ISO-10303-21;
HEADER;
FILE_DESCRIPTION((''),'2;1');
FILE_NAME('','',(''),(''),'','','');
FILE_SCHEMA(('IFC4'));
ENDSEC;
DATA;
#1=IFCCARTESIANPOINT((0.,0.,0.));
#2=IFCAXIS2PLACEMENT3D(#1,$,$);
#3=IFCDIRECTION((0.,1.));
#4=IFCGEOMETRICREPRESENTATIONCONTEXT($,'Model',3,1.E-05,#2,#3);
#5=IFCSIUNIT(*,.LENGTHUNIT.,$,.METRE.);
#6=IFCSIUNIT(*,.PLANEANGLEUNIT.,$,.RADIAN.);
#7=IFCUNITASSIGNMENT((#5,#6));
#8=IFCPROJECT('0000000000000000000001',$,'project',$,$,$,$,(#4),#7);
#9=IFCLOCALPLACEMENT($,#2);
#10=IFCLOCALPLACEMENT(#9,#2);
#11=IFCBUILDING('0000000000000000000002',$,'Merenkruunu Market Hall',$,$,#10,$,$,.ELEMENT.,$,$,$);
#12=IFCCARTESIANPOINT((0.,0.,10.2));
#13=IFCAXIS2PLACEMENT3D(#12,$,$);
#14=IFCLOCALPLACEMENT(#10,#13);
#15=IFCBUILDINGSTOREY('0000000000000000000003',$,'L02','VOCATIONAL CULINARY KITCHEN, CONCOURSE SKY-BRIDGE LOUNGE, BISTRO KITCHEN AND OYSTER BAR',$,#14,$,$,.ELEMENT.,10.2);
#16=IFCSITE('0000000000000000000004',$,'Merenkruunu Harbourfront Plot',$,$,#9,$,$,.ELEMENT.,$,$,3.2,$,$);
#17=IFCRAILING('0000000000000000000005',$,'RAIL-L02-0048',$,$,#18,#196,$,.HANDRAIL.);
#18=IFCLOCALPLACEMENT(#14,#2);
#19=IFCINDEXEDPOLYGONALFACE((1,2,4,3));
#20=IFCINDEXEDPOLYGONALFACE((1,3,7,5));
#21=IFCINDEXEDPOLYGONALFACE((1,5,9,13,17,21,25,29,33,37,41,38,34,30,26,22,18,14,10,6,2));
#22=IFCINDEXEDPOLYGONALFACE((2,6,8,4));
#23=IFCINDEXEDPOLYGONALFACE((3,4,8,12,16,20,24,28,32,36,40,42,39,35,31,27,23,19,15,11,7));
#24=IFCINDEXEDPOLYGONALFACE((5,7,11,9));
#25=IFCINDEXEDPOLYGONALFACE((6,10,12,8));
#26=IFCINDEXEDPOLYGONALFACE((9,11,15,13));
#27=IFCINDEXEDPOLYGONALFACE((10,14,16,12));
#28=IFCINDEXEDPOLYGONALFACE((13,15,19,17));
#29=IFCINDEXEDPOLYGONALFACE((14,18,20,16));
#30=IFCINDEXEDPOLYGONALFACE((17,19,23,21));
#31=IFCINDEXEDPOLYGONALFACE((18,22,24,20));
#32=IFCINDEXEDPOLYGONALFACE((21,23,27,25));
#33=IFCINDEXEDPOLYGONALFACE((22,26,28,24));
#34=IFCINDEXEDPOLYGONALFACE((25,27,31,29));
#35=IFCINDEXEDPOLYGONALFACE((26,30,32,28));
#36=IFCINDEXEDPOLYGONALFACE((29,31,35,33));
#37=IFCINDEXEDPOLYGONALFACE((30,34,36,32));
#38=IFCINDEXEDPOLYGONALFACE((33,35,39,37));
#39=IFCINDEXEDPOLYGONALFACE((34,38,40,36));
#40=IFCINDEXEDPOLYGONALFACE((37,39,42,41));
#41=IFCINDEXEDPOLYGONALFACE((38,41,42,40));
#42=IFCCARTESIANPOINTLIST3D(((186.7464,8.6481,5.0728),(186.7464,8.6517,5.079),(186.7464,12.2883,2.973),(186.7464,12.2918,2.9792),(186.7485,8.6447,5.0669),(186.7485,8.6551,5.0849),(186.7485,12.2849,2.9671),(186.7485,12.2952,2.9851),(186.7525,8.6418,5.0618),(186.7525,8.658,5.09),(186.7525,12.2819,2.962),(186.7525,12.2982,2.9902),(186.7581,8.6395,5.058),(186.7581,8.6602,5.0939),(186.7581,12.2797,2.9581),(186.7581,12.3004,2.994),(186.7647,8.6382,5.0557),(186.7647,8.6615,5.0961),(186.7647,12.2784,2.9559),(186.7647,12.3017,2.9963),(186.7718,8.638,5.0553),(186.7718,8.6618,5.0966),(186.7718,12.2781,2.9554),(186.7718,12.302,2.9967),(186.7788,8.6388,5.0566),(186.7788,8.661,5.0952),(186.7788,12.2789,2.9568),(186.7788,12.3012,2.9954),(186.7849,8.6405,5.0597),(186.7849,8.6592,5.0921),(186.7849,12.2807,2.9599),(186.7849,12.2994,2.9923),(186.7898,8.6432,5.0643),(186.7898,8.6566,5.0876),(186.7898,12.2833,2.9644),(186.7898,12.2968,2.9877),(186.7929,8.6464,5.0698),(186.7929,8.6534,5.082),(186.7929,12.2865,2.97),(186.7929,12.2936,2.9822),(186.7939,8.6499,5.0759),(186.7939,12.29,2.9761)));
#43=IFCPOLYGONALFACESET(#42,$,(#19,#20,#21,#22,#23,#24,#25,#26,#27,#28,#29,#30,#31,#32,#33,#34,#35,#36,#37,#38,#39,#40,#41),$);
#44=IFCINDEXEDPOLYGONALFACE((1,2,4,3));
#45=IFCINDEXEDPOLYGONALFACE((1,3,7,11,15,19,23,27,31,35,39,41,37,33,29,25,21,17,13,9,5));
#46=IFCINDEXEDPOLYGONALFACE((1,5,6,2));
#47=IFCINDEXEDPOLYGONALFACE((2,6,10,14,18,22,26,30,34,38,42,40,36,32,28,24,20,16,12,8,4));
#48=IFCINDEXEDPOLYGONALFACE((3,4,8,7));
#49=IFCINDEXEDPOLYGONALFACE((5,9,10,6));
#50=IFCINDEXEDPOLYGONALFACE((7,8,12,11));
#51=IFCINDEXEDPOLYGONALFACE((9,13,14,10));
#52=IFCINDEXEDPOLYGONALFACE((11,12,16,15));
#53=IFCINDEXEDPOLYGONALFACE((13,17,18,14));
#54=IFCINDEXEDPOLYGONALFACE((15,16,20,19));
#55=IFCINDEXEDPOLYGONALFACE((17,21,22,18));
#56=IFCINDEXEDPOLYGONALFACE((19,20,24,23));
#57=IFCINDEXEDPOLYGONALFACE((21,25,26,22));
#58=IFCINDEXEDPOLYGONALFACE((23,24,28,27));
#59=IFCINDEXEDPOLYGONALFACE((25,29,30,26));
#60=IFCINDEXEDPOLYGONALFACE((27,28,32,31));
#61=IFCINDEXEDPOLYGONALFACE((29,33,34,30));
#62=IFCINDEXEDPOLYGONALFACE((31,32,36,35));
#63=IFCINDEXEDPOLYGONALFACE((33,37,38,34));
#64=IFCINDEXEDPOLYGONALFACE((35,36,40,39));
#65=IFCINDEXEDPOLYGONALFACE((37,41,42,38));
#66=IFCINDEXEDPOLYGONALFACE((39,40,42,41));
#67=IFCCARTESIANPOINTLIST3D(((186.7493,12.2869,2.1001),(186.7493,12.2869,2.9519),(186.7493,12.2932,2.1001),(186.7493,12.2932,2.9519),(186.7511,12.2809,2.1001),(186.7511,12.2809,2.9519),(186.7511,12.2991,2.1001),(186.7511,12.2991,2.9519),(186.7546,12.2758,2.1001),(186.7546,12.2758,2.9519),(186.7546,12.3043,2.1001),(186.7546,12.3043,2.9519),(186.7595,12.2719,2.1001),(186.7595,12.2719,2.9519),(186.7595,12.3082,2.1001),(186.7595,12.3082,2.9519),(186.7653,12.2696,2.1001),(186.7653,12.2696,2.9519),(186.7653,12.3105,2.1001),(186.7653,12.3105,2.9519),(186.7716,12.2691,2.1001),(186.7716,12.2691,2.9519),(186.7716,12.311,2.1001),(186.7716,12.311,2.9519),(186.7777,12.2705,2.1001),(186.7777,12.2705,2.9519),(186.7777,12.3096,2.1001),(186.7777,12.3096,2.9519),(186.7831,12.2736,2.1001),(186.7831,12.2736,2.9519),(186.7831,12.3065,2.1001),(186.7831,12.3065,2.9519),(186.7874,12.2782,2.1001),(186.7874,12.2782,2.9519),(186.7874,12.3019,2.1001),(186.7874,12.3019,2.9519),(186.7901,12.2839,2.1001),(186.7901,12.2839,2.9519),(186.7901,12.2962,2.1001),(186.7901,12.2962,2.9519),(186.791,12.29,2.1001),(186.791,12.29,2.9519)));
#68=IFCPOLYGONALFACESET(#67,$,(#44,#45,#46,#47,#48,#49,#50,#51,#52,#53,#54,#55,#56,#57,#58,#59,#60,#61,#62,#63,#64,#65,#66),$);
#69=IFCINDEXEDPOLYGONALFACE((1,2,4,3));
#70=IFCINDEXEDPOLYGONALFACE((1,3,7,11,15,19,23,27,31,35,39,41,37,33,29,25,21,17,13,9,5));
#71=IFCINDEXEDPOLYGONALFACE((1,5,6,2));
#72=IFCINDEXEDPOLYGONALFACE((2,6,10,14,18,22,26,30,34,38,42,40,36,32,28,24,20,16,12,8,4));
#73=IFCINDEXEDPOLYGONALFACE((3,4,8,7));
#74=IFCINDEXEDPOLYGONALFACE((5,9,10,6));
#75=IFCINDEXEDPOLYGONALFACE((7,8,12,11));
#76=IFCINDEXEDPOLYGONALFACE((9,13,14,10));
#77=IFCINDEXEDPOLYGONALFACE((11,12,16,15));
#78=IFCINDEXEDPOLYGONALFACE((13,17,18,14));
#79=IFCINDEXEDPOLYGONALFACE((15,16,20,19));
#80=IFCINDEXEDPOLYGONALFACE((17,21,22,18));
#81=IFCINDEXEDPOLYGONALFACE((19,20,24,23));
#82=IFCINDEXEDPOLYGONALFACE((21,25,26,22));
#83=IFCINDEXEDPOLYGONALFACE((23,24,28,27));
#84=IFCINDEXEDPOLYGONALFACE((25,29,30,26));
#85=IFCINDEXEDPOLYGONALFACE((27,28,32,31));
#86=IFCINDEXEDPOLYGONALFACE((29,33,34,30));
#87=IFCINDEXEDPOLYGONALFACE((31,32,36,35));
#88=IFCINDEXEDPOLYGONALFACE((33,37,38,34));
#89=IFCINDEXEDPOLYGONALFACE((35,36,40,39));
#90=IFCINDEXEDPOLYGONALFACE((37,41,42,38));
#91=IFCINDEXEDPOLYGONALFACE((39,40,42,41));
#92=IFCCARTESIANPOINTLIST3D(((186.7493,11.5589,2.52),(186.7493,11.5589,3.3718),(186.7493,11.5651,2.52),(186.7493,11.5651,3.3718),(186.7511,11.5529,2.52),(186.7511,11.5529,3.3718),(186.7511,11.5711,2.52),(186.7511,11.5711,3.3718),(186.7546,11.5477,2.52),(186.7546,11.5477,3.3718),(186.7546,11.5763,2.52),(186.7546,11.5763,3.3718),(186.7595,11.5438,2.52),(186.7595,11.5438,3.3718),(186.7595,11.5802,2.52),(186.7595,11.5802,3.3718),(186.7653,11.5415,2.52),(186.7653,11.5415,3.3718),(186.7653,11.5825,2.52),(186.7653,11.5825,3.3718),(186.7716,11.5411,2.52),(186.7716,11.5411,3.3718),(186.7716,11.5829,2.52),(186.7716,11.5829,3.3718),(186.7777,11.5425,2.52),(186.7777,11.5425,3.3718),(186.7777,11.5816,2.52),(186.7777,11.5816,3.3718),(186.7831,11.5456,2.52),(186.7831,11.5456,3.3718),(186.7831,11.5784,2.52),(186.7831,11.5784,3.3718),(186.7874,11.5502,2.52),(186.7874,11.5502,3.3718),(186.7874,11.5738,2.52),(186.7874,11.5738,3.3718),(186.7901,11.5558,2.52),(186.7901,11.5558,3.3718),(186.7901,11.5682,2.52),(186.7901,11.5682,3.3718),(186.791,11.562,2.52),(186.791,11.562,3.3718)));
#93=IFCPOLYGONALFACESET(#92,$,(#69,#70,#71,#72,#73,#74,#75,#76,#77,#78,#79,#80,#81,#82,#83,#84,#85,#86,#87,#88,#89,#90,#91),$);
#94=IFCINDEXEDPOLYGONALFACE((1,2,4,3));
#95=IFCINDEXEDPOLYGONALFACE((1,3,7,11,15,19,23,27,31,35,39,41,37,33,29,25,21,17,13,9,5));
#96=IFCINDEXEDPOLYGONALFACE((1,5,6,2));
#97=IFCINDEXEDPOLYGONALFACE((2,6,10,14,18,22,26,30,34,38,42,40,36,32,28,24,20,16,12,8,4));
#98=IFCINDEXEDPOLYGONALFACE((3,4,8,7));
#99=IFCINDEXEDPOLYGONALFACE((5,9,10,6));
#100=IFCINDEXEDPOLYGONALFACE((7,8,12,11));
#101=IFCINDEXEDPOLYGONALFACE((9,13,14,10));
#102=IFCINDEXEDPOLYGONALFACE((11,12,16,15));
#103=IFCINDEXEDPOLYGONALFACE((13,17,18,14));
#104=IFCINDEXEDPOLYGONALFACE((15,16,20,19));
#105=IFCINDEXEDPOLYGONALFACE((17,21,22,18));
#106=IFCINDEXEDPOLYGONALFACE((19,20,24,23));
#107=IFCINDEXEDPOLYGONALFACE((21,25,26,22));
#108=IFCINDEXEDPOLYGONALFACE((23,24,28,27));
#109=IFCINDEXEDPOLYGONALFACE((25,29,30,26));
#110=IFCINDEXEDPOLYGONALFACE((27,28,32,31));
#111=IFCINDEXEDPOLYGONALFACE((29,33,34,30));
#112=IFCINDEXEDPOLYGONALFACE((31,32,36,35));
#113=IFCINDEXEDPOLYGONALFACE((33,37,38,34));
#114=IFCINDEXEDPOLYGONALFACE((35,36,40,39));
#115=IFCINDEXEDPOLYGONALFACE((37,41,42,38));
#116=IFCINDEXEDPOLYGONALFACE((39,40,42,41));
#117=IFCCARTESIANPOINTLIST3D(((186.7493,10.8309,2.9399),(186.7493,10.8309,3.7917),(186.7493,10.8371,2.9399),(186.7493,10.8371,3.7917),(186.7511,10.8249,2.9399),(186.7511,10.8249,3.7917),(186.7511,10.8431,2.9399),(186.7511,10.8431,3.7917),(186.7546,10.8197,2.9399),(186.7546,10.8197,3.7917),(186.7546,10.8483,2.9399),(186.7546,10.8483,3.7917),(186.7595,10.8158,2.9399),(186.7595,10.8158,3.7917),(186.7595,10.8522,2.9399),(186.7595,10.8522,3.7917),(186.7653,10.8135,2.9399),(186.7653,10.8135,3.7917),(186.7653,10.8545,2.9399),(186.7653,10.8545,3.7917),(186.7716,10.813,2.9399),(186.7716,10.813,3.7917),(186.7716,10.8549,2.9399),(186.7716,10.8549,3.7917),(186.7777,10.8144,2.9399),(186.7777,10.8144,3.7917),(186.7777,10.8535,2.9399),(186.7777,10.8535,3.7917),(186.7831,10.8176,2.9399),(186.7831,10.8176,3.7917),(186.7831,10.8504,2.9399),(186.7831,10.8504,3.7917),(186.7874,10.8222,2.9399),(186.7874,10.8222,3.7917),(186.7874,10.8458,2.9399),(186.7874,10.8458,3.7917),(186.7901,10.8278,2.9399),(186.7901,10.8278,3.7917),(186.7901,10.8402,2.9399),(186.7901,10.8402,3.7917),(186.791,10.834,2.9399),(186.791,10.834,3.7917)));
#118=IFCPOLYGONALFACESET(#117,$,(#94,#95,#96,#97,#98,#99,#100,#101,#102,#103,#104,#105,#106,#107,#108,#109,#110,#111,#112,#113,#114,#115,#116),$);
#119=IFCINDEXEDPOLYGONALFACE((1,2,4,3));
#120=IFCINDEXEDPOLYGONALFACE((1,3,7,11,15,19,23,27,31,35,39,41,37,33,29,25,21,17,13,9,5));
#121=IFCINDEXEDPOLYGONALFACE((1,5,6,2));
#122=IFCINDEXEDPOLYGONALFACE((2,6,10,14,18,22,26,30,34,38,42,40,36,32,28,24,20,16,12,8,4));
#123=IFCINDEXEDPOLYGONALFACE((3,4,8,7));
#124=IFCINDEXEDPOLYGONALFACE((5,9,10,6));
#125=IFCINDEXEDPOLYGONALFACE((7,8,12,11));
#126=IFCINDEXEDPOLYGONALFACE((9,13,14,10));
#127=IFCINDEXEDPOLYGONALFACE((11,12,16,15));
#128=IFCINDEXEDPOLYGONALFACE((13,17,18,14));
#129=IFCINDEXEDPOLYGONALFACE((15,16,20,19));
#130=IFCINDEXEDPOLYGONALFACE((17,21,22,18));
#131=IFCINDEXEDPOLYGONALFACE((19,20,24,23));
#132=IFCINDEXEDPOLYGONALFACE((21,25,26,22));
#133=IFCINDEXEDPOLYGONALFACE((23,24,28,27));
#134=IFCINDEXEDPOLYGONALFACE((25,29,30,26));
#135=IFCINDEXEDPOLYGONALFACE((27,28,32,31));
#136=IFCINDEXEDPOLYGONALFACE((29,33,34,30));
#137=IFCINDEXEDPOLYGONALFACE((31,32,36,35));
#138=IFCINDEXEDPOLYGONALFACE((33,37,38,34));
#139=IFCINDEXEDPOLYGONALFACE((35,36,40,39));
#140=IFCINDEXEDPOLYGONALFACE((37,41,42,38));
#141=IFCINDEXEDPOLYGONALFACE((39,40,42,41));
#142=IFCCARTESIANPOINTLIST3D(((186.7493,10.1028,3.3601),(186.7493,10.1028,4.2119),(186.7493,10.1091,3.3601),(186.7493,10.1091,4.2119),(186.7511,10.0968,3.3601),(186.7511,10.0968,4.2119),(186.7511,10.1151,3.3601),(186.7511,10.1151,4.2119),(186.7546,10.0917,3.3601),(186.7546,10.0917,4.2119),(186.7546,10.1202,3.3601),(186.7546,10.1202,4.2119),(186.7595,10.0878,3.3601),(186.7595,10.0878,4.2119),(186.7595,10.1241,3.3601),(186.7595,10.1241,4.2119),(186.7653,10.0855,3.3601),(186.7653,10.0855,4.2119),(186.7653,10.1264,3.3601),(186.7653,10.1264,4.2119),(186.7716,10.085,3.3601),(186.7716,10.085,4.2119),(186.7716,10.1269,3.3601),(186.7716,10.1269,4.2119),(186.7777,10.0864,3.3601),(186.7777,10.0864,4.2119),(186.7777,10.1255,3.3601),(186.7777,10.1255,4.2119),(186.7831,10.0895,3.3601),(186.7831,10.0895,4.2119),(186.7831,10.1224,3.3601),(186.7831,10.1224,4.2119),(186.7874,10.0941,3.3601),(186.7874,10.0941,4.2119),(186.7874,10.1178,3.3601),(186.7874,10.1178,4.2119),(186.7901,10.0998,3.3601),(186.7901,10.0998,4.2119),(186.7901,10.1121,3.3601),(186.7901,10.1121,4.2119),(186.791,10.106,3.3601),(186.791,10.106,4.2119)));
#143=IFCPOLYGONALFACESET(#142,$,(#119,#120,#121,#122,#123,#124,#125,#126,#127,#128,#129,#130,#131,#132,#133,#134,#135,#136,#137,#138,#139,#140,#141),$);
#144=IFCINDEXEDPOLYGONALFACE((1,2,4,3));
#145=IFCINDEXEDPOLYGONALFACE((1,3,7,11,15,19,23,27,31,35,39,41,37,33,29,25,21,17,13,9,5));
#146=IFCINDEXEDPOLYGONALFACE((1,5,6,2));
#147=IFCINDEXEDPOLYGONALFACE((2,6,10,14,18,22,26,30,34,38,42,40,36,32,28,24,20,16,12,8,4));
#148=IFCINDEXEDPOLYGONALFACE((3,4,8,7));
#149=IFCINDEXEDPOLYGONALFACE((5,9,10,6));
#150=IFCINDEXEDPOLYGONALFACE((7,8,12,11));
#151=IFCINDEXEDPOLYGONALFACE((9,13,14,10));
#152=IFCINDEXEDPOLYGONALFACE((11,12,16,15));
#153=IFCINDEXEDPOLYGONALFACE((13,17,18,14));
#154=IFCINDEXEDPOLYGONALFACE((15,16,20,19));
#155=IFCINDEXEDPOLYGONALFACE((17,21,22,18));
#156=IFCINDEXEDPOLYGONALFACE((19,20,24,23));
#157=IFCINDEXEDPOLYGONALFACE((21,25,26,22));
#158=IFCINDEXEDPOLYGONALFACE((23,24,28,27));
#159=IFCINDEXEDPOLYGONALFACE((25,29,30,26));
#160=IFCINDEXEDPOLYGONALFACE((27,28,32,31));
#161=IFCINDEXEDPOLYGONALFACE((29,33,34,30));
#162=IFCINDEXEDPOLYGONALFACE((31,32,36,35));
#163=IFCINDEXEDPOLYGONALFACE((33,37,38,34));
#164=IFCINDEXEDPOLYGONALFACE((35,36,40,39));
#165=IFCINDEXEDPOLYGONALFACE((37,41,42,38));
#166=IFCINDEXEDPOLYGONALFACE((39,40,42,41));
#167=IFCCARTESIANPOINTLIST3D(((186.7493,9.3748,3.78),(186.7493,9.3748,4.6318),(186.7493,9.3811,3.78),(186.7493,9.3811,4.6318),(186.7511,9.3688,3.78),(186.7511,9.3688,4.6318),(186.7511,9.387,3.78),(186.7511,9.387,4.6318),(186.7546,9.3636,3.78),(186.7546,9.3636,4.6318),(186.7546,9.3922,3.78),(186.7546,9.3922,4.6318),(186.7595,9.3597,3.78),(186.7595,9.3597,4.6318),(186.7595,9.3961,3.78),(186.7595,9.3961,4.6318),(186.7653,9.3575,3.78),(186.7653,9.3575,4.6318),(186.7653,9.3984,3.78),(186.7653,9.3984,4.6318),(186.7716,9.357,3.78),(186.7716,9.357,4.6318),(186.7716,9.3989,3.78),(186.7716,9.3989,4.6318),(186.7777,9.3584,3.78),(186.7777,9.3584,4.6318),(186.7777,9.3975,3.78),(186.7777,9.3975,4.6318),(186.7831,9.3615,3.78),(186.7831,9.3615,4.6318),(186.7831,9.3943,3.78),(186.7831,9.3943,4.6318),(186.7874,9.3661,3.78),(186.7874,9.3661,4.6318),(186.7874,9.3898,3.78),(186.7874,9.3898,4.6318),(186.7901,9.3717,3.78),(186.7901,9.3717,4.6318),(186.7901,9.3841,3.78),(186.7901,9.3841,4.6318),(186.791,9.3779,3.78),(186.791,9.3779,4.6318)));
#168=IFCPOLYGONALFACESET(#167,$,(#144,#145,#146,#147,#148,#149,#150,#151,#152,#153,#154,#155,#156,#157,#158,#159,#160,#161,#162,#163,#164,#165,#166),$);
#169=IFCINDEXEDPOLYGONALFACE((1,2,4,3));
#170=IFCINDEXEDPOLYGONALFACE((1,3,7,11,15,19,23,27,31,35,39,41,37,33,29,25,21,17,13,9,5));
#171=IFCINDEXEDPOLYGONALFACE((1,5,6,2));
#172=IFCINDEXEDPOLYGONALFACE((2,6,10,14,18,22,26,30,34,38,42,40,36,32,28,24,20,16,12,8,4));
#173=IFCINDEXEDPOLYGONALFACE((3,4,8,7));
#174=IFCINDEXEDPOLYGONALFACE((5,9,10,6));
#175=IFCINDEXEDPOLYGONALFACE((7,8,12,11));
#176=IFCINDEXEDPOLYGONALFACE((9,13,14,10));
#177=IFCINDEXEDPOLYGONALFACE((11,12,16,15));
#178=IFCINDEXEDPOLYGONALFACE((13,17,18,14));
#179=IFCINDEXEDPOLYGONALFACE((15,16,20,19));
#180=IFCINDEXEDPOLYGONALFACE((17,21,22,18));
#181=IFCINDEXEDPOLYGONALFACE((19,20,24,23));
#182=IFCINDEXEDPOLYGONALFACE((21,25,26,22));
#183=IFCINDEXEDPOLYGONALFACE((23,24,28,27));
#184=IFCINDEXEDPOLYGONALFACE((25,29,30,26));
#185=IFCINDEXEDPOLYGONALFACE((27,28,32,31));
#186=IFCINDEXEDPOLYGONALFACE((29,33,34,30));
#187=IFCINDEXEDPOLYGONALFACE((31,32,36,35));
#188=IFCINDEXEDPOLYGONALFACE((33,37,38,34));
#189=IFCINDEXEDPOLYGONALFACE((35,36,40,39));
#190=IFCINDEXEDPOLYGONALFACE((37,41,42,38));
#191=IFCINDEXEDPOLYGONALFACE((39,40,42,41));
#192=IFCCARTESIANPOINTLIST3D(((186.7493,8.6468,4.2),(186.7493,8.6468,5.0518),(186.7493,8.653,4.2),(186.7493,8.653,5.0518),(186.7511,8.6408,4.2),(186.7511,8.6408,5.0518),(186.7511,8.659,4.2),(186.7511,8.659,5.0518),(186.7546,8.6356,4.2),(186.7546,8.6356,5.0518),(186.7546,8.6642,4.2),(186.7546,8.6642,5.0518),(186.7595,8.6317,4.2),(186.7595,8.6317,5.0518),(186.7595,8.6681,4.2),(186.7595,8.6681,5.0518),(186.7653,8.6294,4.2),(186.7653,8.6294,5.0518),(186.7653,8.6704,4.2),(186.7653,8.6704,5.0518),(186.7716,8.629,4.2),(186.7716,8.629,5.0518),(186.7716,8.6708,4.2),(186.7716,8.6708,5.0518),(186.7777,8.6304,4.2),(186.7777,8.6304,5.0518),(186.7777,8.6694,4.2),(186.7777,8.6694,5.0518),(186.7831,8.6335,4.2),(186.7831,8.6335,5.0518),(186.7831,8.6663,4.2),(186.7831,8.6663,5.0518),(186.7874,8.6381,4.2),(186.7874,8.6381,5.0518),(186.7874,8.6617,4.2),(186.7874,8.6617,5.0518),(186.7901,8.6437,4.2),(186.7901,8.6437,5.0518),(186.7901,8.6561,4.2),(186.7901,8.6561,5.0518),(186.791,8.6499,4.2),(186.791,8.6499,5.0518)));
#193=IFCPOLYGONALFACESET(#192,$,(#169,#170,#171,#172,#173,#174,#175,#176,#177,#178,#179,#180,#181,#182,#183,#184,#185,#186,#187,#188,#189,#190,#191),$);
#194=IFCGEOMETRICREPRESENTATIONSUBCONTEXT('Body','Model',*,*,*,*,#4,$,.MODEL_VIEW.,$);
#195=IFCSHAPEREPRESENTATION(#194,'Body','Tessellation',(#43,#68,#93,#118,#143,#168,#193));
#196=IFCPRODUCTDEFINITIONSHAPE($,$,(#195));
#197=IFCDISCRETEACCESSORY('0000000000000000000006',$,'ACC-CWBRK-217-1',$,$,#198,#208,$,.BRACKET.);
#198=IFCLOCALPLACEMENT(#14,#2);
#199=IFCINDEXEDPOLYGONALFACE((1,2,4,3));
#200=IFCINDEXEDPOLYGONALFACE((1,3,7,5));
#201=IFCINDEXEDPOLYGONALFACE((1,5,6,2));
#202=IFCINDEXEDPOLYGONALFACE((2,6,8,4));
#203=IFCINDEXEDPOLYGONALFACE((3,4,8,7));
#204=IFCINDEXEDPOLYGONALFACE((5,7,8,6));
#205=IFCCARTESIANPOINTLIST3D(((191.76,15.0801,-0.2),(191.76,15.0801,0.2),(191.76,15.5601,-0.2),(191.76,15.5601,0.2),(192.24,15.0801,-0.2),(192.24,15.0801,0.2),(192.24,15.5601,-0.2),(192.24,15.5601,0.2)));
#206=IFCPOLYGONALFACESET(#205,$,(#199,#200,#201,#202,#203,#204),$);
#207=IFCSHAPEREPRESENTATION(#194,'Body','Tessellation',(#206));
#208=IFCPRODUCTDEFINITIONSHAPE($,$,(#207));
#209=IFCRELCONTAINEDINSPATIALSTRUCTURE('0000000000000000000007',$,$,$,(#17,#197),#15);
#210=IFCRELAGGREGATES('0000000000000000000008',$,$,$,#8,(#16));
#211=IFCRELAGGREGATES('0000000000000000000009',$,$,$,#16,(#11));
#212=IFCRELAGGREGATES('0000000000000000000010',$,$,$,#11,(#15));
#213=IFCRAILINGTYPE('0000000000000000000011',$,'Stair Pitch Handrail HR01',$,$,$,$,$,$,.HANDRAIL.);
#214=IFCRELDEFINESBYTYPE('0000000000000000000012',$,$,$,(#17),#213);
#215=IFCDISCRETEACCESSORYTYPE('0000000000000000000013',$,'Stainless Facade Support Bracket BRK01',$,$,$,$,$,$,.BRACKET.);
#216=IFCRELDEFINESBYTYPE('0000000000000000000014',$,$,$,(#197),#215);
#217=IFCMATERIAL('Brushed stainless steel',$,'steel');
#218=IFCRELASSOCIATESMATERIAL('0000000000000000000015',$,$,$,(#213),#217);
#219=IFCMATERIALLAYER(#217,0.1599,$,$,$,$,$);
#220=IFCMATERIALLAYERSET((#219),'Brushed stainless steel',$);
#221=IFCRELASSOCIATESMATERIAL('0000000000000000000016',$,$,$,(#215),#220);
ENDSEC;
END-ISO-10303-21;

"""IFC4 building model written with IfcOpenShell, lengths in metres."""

from ifc_helpers import new_model, si_unit, direction, frame, origin, origin_2d, place, context, subcontext, project, spatial, rectangle, circle, extrude, material, layer, layer_set, type_object, element, save


model = new_model("IFC4")

# Units and contexts
model_context = context("Model", 3, precision=1e-05, world=origin(), true_north=direction((0.0, 1.0)))
body_context = subcontext(model_context, "Body", "Model", "MODEL_VIEW")
ifc_project = project(units=[si_unit("LENGTHUNIT", "METRE"), si_unit("PLANEANGLEUNIT", "RADIAN")], contexts=[model_context])

# Site, building, storey
site_placement = place(None, origin())
site = spatial("IfcSite", under=ifc_project, at=site_placement, Name="Merenkruunu Harbourfront Plot", CompositionType="ELEMENT", RefElevation=3.2)
building_placement = place(site_placement, origin())
building = spatial("IfcBuilding", under=site, at=building_placement, Name="Merenkruunu Market Hall", CompositionType="ELEMENT")
storey_placement = place(building_placement, frame((0.0, 0.0, 10.2)))
storey = spatial("IfcBuildingStorey", under=building, at=storey_placement, Name="L02", Description="VOCATIONAL CULINARY KITCHEN, CONCOURSE SKY-BRIDGE LOUNGE, BISTRO KITCHEN AND OYSTER BAR", CompositionType="ELEMENT", Elevation=10.2)

# Shared definitions
ifc_material_1 = material(Name="Brushed stainless steel", Category="steel")

# Railing
railing_type_1 = type_object("IfcRailingType", Name="Stair Pitch Handrail HR01", PredefinedType="HANDRAIL", material=ifc_material_1)
railing_1_placement = place(storey_placement, frame((186.77, 12.29, 2.1001)))
element("IfcRailing", 1, at=railing_1_placement, inside=storey, type_object=railing_type_1, Name="RAIL-L02-0048", PredefinedType="HANDRAIL", context=body_context, shape_type="SweptSolid", body=[
    extrude(circle(Radius=0.0239, at=origin_2d()), frame((0.0, 0.0, 0.876), z_axis=(0.0, -0.866209, 0.499682), x_axis=(1.0, 0.0, 0.0)), (0.0, 0.0, 1.0), 4.2024),
    extrude(circle(Radius=0.021, at=origin_2d()), origin(), (0.0, 0.0, 1.0), 0.8518),
    extrude(circle(Radius=0.021, at=origin_2d()), frame((0.0, -0.728, 0.4199)), (0.0, 0.0, 1.0), 0.8518),
    extrude(circle(Radius=0.021, at=origin_2d()), frame((0.0, -1.4561, 0.8398)), (0.0, 0.0, 1.0), 0.8518),
    extrude(circle(Radius=0.021, at=origin_2d()), frame((0.0, -2.1841, 1.26)), (0.0, 0.0, 1.0), 0.8518),
    extrude(circle(Radius=0.021, at=origin_2d()), frame((0.0, -2.9121, 1.6799)), (0.0, 0.0, 1.0), 0.8518),
    extrude(circle(Radius=0.021, at=origin_2d()), frame((0.0, -3.6401, 2.0999)), (0.0, 0.0, 1.0), 0.8518),
])

# Discrete accessory
ifc_layer_1 = layer(ifc_material_1, 0.1599)
ifc_layer_set_1 = layer_set([ifc_layer_1], Name="Brushed stainless steel")
discrete_accessory_type = type_object("IfcDiscreteAccessoryType", Name="Stainless Facade Support Bracket BRK01", PredefinedType="BRACKET", material=ifc_layer_set_1)
for number, where, z_axis, x_axis, name in (
    (2, (192.0, 15.3201, -0.2), (0.0, 0.0, 1.0), (1.0, 0.0, 0.0), "ACC-CWBRK-217-1"),
):
    element("IfcDiscreteAccessory", number, at=place(storey_placement, frame(where, z_axis=z_axis, x_axis=x_axis)), inside=storey, type_object=discrete_accessory_type, Name=name, PredefinedType="BRACKET", context=body_context, shape_type="SweptSolid", body=[
        extrude(rectangle(XDim=0.48, YDim=0.48, at=origin_2d()), origin(), (0.0, 0.0, 1.0), 0.3999),
    ])

save(model, "model.ifc")
